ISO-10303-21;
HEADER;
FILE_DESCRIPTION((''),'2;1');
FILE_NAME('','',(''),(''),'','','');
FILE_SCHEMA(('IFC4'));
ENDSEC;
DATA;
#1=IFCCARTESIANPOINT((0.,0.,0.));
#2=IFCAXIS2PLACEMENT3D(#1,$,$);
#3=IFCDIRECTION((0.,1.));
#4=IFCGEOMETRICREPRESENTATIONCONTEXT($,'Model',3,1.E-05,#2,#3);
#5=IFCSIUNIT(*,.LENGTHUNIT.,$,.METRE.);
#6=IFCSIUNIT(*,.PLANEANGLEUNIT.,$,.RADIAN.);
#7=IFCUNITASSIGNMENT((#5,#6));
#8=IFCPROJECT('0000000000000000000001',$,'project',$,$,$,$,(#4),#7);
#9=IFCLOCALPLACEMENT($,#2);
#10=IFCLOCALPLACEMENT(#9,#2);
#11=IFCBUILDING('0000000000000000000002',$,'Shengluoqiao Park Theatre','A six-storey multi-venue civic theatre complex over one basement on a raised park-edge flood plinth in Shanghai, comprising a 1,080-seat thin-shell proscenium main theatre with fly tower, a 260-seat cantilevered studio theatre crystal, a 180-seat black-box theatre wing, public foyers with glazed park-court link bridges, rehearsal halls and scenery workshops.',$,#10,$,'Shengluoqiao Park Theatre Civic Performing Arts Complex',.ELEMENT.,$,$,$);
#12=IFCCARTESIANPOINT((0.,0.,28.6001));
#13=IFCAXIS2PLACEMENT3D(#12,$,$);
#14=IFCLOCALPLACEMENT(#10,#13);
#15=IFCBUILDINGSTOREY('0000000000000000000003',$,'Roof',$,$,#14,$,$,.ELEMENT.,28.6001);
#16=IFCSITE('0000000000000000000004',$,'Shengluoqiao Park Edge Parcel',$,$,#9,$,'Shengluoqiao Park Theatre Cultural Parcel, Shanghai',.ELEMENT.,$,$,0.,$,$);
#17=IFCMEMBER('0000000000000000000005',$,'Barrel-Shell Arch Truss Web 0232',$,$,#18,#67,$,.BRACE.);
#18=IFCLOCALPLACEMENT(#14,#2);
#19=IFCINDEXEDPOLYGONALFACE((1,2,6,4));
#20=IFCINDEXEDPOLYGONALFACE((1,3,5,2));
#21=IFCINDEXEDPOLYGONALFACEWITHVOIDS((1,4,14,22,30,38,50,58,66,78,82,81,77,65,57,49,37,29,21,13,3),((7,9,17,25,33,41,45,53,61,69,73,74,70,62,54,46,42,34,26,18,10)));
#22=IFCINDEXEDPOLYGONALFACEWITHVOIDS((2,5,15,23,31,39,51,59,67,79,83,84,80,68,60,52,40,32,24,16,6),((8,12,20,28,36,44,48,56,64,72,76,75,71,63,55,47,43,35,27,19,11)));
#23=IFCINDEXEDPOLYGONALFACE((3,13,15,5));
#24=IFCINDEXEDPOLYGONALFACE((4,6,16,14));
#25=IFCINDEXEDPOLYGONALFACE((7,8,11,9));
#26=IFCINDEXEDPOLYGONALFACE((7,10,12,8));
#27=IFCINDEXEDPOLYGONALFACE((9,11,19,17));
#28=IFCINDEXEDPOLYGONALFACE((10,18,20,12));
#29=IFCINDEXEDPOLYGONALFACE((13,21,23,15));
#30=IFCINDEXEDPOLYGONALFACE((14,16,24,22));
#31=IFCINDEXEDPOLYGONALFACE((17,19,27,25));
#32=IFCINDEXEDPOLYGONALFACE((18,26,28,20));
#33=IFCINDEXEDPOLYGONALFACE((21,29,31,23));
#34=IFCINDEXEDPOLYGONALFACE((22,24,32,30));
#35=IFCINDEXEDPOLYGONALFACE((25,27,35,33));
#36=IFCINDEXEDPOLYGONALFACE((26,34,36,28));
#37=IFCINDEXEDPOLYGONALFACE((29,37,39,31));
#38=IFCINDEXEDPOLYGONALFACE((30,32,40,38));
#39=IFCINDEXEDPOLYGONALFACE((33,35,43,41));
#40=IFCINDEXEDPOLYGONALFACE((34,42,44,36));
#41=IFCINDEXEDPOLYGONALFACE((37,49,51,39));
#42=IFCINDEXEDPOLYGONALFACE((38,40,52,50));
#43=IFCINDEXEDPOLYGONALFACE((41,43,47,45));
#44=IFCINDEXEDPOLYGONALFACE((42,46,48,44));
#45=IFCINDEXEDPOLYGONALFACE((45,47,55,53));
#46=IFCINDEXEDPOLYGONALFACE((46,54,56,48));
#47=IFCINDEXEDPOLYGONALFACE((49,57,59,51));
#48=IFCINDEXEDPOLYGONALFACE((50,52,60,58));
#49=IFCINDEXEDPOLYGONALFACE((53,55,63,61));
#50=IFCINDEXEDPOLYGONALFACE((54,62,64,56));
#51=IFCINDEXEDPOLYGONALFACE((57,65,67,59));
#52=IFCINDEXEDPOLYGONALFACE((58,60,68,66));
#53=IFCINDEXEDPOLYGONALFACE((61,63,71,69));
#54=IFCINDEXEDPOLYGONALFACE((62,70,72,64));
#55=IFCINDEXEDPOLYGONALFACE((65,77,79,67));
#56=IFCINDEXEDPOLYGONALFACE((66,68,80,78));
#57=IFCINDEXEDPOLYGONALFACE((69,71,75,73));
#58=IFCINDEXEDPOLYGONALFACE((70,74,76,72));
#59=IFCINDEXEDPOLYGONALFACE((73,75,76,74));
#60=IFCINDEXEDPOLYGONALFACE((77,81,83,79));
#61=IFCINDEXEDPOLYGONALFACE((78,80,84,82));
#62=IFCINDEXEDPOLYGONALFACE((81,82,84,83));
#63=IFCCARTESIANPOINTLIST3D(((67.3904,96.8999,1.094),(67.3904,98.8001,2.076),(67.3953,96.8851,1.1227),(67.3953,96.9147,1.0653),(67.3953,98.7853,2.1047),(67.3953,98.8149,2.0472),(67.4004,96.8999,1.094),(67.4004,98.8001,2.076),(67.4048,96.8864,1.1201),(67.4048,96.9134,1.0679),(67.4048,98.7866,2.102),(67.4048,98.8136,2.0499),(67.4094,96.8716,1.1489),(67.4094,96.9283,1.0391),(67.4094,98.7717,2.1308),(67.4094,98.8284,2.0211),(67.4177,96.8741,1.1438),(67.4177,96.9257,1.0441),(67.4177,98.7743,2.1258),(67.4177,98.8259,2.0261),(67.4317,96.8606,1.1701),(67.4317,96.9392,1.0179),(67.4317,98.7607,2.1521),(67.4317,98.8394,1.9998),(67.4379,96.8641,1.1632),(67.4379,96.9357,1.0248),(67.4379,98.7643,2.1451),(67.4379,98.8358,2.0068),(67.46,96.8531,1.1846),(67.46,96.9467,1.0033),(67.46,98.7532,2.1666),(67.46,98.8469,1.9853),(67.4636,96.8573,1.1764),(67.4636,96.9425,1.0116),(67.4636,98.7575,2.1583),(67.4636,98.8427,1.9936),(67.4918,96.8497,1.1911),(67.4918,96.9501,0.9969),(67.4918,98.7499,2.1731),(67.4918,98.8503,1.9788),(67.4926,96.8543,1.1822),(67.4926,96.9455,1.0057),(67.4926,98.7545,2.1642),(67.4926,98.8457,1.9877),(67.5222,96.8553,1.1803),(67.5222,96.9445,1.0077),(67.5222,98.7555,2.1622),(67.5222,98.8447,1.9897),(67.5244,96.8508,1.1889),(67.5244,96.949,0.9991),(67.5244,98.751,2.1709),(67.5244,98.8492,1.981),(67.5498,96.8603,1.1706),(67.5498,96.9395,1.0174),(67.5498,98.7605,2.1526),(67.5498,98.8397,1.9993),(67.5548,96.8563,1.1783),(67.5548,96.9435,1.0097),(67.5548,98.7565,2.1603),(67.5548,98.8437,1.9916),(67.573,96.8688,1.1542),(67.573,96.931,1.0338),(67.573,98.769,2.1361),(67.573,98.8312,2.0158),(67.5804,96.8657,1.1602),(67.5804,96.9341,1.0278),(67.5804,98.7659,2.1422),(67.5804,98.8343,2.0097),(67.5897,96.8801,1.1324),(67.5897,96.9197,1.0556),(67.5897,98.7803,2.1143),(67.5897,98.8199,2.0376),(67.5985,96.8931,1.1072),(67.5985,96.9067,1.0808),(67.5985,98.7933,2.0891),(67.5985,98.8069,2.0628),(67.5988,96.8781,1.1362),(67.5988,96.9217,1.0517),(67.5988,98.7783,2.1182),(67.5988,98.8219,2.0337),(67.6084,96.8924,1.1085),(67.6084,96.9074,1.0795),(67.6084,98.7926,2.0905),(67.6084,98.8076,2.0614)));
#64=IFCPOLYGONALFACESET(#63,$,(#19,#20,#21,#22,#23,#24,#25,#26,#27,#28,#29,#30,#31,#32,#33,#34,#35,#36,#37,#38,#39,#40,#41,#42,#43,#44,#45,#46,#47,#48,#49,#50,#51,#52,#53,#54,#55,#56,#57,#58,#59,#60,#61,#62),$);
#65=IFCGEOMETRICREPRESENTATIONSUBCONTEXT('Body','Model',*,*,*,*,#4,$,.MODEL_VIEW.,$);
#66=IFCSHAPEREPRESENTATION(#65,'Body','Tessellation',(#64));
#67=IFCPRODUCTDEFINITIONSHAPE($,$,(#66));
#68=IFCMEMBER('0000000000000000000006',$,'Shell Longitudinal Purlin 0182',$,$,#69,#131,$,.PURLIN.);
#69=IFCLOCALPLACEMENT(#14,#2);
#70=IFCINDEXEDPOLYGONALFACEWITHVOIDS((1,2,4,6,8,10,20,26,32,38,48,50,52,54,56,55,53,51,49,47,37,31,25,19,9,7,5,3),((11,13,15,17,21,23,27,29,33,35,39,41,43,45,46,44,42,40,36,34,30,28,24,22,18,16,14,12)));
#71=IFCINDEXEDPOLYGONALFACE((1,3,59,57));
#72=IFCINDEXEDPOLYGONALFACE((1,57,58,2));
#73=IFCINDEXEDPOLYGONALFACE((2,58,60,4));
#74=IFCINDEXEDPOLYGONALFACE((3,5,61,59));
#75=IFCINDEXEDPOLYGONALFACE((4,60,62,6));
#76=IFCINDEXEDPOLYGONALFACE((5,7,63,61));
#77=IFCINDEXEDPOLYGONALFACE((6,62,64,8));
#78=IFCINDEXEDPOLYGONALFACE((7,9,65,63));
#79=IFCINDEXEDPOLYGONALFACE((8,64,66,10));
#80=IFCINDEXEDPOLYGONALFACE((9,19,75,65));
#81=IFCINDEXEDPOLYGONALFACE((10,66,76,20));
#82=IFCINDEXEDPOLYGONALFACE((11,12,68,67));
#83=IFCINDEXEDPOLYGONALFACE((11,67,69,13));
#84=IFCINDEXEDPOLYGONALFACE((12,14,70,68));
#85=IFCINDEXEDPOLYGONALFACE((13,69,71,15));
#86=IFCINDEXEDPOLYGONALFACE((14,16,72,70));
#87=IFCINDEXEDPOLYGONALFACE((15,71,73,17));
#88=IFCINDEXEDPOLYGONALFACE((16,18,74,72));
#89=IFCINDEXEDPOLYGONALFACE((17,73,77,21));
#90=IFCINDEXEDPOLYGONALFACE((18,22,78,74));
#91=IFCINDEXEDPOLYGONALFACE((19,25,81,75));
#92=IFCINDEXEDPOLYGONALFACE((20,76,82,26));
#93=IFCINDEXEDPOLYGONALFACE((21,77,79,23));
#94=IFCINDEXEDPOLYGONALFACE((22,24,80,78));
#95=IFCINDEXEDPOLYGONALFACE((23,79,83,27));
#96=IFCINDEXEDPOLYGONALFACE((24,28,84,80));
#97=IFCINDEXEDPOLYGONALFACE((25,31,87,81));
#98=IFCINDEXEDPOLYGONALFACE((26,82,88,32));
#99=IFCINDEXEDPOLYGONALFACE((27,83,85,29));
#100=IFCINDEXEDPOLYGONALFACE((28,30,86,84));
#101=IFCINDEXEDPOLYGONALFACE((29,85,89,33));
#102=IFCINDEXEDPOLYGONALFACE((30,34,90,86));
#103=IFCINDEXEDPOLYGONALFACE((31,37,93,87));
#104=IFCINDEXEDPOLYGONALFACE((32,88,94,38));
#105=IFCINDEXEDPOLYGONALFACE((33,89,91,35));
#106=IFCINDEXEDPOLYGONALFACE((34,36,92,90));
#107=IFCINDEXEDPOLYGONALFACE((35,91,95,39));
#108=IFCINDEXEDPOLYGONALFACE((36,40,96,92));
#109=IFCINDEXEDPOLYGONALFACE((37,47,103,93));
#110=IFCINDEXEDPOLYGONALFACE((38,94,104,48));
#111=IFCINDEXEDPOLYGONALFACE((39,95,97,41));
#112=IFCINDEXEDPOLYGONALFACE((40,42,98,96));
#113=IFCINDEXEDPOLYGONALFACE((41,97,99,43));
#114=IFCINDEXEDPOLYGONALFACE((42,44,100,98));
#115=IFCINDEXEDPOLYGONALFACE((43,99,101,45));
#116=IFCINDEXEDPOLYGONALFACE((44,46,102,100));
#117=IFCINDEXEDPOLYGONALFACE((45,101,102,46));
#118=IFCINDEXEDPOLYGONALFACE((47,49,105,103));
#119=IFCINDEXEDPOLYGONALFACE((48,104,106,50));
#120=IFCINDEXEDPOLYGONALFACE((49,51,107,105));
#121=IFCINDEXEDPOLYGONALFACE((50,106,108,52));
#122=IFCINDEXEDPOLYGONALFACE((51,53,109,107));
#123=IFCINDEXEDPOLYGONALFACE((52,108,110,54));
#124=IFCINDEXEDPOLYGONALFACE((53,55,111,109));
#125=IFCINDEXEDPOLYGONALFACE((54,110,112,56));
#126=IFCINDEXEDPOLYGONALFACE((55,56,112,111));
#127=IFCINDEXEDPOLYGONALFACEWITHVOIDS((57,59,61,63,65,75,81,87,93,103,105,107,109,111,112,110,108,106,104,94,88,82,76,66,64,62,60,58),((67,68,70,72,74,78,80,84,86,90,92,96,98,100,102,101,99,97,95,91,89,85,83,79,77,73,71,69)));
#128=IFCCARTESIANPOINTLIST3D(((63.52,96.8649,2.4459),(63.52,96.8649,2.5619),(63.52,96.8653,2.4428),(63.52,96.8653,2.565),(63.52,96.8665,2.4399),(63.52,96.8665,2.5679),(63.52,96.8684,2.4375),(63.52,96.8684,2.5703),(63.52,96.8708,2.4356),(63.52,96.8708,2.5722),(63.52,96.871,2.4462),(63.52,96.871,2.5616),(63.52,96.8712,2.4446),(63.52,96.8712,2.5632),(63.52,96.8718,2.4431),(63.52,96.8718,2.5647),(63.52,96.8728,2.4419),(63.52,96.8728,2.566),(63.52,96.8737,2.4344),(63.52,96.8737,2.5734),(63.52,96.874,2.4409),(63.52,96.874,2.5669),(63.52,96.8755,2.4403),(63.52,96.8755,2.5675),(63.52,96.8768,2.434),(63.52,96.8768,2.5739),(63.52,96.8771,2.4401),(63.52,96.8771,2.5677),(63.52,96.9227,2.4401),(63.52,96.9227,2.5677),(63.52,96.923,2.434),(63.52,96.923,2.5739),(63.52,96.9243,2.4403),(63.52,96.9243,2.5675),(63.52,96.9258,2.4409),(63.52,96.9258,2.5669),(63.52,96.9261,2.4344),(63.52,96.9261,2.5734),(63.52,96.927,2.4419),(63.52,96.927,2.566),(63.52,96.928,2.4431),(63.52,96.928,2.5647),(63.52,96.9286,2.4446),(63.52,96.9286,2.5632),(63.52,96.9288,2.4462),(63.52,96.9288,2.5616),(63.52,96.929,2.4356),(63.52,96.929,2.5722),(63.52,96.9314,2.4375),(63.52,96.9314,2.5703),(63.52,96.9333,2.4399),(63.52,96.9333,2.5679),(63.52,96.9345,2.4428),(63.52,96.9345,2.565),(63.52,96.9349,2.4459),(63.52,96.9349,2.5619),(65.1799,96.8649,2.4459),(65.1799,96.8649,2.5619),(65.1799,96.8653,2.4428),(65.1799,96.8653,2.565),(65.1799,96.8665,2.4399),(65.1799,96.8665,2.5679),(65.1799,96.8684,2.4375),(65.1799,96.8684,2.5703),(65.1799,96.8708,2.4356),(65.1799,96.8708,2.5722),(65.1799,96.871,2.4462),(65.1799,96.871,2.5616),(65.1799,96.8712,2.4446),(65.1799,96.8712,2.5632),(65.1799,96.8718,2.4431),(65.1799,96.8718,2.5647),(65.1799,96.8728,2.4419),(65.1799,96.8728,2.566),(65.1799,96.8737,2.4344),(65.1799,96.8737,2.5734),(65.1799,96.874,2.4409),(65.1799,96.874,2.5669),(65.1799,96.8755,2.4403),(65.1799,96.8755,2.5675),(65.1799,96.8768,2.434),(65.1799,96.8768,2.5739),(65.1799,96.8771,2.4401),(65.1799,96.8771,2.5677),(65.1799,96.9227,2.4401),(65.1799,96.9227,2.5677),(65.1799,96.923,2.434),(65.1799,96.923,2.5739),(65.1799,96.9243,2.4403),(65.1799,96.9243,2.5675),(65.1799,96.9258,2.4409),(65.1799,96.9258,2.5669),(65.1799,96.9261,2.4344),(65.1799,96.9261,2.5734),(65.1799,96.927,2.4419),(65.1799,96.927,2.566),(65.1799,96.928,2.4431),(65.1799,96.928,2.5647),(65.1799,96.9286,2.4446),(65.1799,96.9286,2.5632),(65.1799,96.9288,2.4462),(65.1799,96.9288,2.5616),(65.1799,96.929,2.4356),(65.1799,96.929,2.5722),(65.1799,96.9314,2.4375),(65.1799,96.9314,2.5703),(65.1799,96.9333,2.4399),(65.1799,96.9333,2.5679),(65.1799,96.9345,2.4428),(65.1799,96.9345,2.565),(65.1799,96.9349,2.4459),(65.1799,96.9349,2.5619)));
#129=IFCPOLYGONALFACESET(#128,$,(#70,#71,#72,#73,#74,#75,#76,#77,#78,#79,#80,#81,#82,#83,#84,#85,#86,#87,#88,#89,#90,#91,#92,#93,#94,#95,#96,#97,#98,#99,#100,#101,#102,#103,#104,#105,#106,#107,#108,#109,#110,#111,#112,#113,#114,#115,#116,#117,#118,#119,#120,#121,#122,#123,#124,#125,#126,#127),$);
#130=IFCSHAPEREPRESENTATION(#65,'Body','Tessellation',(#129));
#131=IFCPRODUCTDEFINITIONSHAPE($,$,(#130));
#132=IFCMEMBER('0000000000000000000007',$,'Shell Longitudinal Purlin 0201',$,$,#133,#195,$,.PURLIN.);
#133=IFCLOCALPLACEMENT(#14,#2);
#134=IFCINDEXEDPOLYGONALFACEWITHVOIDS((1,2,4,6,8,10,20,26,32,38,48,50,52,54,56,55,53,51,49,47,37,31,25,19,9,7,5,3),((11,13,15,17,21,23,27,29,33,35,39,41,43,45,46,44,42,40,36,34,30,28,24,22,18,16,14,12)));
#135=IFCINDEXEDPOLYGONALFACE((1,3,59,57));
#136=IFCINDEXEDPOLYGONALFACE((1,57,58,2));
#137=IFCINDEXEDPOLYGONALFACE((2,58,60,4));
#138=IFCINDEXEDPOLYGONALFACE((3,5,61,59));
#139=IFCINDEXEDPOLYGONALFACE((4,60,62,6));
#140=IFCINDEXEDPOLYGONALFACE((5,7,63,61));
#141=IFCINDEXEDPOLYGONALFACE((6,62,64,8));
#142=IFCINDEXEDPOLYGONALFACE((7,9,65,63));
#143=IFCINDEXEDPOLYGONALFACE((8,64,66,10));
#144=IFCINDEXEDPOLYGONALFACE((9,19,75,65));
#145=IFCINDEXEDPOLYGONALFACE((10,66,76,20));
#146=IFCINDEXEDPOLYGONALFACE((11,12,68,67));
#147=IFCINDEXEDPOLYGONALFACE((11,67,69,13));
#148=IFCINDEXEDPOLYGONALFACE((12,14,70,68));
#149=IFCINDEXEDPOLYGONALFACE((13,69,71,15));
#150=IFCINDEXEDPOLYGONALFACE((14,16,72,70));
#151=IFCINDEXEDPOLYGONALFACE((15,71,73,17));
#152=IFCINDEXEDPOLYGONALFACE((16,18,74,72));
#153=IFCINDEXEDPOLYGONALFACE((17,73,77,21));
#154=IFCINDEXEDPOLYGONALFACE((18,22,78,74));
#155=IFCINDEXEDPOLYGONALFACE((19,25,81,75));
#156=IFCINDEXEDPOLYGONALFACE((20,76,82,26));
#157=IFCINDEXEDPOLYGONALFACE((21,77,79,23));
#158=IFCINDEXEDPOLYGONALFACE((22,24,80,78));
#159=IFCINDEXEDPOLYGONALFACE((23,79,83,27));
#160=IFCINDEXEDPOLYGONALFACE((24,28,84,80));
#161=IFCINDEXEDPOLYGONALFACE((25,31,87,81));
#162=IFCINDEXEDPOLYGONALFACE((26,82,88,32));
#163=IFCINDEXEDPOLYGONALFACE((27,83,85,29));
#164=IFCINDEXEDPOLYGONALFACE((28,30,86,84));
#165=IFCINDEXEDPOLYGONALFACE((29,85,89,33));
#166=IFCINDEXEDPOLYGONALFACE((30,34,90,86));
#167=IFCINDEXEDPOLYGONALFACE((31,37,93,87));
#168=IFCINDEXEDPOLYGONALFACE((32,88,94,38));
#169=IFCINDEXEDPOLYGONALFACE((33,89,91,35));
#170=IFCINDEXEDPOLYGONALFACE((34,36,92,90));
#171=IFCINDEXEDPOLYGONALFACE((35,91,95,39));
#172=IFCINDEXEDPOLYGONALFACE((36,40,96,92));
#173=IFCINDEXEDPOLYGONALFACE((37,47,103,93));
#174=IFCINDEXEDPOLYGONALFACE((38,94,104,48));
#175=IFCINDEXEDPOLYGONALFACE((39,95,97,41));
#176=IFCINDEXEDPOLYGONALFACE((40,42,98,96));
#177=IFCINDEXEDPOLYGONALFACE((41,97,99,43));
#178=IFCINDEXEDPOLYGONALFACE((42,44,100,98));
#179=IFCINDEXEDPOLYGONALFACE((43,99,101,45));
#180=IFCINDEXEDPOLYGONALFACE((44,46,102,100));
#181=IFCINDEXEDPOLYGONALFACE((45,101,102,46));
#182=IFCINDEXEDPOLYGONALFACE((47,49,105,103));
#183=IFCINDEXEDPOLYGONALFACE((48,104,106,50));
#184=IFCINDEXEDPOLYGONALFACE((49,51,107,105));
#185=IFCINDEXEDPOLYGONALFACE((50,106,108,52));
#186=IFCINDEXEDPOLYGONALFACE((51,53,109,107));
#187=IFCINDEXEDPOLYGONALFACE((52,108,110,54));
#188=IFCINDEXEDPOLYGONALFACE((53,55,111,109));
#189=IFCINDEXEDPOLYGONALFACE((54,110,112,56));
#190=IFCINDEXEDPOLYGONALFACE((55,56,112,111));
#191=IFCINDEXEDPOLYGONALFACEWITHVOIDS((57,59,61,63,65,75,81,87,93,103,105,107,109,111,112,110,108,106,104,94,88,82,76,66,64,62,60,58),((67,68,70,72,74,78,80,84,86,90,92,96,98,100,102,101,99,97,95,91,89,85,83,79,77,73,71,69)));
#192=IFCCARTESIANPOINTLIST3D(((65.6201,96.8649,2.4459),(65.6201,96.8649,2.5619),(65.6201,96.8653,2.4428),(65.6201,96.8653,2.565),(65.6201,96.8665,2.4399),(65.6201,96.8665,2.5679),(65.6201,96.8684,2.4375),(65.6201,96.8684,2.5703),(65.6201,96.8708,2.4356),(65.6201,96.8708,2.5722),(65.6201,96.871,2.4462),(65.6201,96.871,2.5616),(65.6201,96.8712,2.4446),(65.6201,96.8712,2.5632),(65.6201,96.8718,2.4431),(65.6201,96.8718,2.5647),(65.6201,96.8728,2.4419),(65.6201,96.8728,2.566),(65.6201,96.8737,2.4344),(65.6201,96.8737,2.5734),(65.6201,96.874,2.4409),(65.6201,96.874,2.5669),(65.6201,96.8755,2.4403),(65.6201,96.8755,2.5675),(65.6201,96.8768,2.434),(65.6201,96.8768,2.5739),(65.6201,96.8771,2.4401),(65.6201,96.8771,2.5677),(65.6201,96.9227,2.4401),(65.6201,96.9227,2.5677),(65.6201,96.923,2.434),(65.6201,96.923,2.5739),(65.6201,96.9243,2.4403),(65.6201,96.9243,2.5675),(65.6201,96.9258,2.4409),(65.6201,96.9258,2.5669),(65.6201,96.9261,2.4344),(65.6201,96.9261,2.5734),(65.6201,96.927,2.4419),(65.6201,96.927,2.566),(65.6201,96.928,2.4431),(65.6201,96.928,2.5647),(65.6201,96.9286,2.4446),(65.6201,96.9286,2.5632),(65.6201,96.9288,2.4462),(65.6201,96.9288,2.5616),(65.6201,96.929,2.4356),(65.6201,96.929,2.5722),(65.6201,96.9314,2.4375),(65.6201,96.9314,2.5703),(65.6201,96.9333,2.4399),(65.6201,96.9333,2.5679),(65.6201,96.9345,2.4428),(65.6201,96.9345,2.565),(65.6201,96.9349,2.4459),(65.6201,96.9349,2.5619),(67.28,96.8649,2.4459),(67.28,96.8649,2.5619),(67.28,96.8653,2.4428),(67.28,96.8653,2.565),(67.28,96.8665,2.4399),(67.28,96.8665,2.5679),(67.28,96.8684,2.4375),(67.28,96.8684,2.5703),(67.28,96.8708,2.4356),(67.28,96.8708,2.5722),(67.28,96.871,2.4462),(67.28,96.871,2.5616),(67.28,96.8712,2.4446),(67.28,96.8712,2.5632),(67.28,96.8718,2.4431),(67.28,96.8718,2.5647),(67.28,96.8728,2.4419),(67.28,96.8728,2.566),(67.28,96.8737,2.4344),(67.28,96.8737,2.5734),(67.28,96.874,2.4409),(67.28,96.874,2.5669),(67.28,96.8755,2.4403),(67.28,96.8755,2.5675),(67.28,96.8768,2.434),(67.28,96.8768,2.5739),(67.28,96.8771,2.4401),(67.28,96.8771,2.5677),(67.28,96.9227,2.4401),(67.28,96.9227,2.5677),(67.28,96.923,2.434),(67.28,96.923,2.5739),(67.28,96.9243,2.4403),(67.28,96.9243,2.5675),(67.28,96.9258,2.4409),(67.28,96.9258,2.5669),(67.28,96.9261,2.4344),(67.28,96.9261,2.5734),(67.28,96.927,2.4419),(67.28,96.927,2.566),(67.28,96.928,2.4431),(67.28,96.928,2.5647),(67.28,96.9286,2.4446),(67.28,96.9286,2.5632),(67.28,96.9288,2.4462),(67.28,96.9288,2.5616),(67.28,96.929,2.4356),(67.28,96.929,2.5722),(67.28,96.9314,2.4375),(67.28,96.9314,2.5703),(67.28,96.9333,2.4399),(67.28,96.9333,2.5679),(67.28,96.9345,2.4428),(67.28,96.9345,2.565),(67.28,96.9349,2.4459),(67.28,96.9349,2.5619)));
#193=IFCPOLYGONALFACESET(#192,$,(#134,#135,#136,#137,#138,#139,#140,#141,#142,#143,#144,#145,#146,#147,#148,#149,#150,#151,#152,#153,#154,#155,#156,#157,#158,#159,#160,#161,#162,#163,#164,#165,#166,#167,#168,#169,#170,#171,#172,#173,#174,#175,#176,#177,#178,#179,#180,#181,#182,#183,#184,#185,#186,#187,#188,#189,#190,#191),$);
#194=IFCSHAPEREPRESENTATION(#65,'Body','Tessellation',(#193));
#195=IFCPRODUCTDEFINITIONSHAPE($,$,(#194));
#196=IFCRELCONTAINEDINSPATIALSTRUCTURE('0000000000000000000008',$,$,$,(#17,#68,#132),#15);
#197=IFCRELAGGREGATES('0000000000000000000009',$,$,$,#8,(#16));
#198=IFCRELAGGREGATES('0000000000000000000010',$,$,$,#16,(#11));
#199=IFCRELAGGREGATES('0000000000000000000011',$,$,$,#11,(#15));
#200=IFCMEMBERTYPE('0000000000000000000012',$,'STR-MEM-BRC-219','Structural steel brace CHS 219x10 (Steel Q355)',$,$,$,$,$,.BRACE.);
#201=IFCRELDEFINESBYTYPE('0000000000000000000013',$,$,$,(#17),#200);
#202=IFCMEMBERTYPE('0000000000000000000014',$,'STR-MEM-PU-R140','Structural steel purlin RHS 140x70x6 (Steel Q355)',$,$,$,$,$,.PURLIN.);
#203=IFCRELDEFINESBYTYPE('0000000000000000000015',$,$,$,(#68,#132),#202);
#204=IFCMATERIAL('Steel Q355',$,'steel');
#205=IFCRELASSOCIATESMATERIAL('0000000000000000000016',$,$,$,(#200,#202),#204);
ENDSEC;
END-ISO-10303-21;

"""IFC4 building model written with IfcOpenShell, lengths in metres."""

from ifc_helpers import new_model, si_unit, direction, frame, origin, origin_2d, place, context, subcontext, project, spatial, hollow_rectangle, hollow_circle, extrude, material, material_profile, profile_set, type_object, element, save


model = new_model("IFC4")

# Units and contexts
model_context = context("Model", 3, precision=1e-05, world=origin(), true_north=direction((0.0, 1.0)))
body_context = subcontext(model_context, "Body", "Model", "MODEL_VIEW")
ifc_project = project(units=[si_unit("LENGTHUNIT", "METRE"), si_unit("PLANEANGLEUNIT", "RADIAN")], contexts=[model_context])

# Site, building, storey
site_placement = place(None, origin())
site = spatial("IfcSite", under=ifc_project, at=site_placement, Name="Shengluoqiao Park Edge Parcel", LongName="Shengluoqiao Park Theatre Cultural Parcel, Shanghai", CompositionType="ELEMENT", RefElevation=0.0)
building_placement = place(site_placement, origin())
building = spatial("IfcBuilding", under=site, at=building_placement, Name="Shengluoqiao Park Theatre", Description="A six-storey multi-venue civic theatre complex over one basement on a raised park-edge flood plinth in Shanghai, comprising a 1,080-seat thin-shell proscenium main theatre with fly tower, a 260-seat cantilevered studio theatre crystal, a 180-seat black-box theatre wing, public foyers with glazed park-court link bridges, rehearsal halls and scenery workshops.", LongName="Shengluoqiao Park Theatre Civic Performing Arts Complex", CompositionType="ELEMENT")
storey_placement = place(building_placement, frame((0.0, 0.0, 28.6001)))
storey = spatial("IfcBuildingStorey", under=building, at=storey_placement, Name="Roof", CompositionType="ELEMENT", Elevation=28.6001)

# Shared definitions
ifc_material_1 = material(Name="Steel Q355", Category="steel")

# Members
ifc_material_profile_1 = material_profile(ifc_material_1, hollow_circle(Radius=0.1096, WallThickness=0.01, at=origin_2d()), Name="CHS 219x10")
ifc_profile_set_1 = profile_set([ifc_material_profile_1], Name="Steel Q355")
member_type_1 = type_object("IfcMemberType", Name="STR-MEM-BRC-219", Description="Structural steel brace CHS 219x10 (Steel Q355)", PredefinedType="BRACE", material=ifc_profile_set_1)
member_1_placement = place(storey_placement, frame((67.5, 96.8999, 1.094), z_axis=(0.0, 0.888389, 0.459091), x_axis=(-1.0, 0.0, 0.0)))
element("IfcMember", 1, at=member_1_placement, inside=storey, type_object=member_type_1, Name="Barrel-Shell Arch Truss Web 0232", PredefinedType="BRACE", context=body_context, shape_type="SweptSolid", body=[
    extrude(hollow_circle(Radius=0.1096, WallThickness=0.01, at=origin_2d()), origin(), (0.0, 0.0, 1.0), 2.1389),
])
ifc_material_profile_2 = material_profile(ifc_material_1, hollow_rectangle(XDim=0.0701, YDim=0.1399, WallThickness=0.0061, InnerFilletRadius=0.0061, OuterFilletRadius=0.012, at=origin_2d()), Name="RHS 140x70x6")
ifc_profile_set_2 = profile_set([ifc_material_profile_2], Name="Steel Q355")
member_type_2 = type_object("IfcMemberType", Name="STR-MEM-PU-R140", Description="Structural steel purlin RHS 140x70x6 (Steel Q355)", PredefinedType="PURLIN", material=ifc_profile_set_2)
for number, where, z_axis, x_axis, name in (
    (2, (63.52, 96.8999, 2.5039), (1.0, 0.0, 0.0), (0.0, 1.0, 0.0), "Shell Longitudinal Purlin 0182"),
    (3, (65.6201, 96.8999, 2.5039), (1.0, 0.0, 0.0), (0.0, 1.0, 0.0), "Shell Longitudinal Purlin 0201"),
):
    element("IfcMember", number, at=place(storey_placement, frame(where, z_axis=z_axis, x_axis=x_axis)), inside=storey, type_object=member_type_2, Name=name, PredefinedType="PURLIN", context=body_context, shape_type="SweptSolid", body=[
        extrude(hollow_rectangle(XDim=0.0701, YDim=0.1399, WallThickness=0.0061, InnerFilletRadius=0.0061, OuterFilletRadius=0.012, at=origin_2d()), origin(), (0.0, 0.0, 1.0), 1.6599),
    ])

save(model, "model.ifc")
